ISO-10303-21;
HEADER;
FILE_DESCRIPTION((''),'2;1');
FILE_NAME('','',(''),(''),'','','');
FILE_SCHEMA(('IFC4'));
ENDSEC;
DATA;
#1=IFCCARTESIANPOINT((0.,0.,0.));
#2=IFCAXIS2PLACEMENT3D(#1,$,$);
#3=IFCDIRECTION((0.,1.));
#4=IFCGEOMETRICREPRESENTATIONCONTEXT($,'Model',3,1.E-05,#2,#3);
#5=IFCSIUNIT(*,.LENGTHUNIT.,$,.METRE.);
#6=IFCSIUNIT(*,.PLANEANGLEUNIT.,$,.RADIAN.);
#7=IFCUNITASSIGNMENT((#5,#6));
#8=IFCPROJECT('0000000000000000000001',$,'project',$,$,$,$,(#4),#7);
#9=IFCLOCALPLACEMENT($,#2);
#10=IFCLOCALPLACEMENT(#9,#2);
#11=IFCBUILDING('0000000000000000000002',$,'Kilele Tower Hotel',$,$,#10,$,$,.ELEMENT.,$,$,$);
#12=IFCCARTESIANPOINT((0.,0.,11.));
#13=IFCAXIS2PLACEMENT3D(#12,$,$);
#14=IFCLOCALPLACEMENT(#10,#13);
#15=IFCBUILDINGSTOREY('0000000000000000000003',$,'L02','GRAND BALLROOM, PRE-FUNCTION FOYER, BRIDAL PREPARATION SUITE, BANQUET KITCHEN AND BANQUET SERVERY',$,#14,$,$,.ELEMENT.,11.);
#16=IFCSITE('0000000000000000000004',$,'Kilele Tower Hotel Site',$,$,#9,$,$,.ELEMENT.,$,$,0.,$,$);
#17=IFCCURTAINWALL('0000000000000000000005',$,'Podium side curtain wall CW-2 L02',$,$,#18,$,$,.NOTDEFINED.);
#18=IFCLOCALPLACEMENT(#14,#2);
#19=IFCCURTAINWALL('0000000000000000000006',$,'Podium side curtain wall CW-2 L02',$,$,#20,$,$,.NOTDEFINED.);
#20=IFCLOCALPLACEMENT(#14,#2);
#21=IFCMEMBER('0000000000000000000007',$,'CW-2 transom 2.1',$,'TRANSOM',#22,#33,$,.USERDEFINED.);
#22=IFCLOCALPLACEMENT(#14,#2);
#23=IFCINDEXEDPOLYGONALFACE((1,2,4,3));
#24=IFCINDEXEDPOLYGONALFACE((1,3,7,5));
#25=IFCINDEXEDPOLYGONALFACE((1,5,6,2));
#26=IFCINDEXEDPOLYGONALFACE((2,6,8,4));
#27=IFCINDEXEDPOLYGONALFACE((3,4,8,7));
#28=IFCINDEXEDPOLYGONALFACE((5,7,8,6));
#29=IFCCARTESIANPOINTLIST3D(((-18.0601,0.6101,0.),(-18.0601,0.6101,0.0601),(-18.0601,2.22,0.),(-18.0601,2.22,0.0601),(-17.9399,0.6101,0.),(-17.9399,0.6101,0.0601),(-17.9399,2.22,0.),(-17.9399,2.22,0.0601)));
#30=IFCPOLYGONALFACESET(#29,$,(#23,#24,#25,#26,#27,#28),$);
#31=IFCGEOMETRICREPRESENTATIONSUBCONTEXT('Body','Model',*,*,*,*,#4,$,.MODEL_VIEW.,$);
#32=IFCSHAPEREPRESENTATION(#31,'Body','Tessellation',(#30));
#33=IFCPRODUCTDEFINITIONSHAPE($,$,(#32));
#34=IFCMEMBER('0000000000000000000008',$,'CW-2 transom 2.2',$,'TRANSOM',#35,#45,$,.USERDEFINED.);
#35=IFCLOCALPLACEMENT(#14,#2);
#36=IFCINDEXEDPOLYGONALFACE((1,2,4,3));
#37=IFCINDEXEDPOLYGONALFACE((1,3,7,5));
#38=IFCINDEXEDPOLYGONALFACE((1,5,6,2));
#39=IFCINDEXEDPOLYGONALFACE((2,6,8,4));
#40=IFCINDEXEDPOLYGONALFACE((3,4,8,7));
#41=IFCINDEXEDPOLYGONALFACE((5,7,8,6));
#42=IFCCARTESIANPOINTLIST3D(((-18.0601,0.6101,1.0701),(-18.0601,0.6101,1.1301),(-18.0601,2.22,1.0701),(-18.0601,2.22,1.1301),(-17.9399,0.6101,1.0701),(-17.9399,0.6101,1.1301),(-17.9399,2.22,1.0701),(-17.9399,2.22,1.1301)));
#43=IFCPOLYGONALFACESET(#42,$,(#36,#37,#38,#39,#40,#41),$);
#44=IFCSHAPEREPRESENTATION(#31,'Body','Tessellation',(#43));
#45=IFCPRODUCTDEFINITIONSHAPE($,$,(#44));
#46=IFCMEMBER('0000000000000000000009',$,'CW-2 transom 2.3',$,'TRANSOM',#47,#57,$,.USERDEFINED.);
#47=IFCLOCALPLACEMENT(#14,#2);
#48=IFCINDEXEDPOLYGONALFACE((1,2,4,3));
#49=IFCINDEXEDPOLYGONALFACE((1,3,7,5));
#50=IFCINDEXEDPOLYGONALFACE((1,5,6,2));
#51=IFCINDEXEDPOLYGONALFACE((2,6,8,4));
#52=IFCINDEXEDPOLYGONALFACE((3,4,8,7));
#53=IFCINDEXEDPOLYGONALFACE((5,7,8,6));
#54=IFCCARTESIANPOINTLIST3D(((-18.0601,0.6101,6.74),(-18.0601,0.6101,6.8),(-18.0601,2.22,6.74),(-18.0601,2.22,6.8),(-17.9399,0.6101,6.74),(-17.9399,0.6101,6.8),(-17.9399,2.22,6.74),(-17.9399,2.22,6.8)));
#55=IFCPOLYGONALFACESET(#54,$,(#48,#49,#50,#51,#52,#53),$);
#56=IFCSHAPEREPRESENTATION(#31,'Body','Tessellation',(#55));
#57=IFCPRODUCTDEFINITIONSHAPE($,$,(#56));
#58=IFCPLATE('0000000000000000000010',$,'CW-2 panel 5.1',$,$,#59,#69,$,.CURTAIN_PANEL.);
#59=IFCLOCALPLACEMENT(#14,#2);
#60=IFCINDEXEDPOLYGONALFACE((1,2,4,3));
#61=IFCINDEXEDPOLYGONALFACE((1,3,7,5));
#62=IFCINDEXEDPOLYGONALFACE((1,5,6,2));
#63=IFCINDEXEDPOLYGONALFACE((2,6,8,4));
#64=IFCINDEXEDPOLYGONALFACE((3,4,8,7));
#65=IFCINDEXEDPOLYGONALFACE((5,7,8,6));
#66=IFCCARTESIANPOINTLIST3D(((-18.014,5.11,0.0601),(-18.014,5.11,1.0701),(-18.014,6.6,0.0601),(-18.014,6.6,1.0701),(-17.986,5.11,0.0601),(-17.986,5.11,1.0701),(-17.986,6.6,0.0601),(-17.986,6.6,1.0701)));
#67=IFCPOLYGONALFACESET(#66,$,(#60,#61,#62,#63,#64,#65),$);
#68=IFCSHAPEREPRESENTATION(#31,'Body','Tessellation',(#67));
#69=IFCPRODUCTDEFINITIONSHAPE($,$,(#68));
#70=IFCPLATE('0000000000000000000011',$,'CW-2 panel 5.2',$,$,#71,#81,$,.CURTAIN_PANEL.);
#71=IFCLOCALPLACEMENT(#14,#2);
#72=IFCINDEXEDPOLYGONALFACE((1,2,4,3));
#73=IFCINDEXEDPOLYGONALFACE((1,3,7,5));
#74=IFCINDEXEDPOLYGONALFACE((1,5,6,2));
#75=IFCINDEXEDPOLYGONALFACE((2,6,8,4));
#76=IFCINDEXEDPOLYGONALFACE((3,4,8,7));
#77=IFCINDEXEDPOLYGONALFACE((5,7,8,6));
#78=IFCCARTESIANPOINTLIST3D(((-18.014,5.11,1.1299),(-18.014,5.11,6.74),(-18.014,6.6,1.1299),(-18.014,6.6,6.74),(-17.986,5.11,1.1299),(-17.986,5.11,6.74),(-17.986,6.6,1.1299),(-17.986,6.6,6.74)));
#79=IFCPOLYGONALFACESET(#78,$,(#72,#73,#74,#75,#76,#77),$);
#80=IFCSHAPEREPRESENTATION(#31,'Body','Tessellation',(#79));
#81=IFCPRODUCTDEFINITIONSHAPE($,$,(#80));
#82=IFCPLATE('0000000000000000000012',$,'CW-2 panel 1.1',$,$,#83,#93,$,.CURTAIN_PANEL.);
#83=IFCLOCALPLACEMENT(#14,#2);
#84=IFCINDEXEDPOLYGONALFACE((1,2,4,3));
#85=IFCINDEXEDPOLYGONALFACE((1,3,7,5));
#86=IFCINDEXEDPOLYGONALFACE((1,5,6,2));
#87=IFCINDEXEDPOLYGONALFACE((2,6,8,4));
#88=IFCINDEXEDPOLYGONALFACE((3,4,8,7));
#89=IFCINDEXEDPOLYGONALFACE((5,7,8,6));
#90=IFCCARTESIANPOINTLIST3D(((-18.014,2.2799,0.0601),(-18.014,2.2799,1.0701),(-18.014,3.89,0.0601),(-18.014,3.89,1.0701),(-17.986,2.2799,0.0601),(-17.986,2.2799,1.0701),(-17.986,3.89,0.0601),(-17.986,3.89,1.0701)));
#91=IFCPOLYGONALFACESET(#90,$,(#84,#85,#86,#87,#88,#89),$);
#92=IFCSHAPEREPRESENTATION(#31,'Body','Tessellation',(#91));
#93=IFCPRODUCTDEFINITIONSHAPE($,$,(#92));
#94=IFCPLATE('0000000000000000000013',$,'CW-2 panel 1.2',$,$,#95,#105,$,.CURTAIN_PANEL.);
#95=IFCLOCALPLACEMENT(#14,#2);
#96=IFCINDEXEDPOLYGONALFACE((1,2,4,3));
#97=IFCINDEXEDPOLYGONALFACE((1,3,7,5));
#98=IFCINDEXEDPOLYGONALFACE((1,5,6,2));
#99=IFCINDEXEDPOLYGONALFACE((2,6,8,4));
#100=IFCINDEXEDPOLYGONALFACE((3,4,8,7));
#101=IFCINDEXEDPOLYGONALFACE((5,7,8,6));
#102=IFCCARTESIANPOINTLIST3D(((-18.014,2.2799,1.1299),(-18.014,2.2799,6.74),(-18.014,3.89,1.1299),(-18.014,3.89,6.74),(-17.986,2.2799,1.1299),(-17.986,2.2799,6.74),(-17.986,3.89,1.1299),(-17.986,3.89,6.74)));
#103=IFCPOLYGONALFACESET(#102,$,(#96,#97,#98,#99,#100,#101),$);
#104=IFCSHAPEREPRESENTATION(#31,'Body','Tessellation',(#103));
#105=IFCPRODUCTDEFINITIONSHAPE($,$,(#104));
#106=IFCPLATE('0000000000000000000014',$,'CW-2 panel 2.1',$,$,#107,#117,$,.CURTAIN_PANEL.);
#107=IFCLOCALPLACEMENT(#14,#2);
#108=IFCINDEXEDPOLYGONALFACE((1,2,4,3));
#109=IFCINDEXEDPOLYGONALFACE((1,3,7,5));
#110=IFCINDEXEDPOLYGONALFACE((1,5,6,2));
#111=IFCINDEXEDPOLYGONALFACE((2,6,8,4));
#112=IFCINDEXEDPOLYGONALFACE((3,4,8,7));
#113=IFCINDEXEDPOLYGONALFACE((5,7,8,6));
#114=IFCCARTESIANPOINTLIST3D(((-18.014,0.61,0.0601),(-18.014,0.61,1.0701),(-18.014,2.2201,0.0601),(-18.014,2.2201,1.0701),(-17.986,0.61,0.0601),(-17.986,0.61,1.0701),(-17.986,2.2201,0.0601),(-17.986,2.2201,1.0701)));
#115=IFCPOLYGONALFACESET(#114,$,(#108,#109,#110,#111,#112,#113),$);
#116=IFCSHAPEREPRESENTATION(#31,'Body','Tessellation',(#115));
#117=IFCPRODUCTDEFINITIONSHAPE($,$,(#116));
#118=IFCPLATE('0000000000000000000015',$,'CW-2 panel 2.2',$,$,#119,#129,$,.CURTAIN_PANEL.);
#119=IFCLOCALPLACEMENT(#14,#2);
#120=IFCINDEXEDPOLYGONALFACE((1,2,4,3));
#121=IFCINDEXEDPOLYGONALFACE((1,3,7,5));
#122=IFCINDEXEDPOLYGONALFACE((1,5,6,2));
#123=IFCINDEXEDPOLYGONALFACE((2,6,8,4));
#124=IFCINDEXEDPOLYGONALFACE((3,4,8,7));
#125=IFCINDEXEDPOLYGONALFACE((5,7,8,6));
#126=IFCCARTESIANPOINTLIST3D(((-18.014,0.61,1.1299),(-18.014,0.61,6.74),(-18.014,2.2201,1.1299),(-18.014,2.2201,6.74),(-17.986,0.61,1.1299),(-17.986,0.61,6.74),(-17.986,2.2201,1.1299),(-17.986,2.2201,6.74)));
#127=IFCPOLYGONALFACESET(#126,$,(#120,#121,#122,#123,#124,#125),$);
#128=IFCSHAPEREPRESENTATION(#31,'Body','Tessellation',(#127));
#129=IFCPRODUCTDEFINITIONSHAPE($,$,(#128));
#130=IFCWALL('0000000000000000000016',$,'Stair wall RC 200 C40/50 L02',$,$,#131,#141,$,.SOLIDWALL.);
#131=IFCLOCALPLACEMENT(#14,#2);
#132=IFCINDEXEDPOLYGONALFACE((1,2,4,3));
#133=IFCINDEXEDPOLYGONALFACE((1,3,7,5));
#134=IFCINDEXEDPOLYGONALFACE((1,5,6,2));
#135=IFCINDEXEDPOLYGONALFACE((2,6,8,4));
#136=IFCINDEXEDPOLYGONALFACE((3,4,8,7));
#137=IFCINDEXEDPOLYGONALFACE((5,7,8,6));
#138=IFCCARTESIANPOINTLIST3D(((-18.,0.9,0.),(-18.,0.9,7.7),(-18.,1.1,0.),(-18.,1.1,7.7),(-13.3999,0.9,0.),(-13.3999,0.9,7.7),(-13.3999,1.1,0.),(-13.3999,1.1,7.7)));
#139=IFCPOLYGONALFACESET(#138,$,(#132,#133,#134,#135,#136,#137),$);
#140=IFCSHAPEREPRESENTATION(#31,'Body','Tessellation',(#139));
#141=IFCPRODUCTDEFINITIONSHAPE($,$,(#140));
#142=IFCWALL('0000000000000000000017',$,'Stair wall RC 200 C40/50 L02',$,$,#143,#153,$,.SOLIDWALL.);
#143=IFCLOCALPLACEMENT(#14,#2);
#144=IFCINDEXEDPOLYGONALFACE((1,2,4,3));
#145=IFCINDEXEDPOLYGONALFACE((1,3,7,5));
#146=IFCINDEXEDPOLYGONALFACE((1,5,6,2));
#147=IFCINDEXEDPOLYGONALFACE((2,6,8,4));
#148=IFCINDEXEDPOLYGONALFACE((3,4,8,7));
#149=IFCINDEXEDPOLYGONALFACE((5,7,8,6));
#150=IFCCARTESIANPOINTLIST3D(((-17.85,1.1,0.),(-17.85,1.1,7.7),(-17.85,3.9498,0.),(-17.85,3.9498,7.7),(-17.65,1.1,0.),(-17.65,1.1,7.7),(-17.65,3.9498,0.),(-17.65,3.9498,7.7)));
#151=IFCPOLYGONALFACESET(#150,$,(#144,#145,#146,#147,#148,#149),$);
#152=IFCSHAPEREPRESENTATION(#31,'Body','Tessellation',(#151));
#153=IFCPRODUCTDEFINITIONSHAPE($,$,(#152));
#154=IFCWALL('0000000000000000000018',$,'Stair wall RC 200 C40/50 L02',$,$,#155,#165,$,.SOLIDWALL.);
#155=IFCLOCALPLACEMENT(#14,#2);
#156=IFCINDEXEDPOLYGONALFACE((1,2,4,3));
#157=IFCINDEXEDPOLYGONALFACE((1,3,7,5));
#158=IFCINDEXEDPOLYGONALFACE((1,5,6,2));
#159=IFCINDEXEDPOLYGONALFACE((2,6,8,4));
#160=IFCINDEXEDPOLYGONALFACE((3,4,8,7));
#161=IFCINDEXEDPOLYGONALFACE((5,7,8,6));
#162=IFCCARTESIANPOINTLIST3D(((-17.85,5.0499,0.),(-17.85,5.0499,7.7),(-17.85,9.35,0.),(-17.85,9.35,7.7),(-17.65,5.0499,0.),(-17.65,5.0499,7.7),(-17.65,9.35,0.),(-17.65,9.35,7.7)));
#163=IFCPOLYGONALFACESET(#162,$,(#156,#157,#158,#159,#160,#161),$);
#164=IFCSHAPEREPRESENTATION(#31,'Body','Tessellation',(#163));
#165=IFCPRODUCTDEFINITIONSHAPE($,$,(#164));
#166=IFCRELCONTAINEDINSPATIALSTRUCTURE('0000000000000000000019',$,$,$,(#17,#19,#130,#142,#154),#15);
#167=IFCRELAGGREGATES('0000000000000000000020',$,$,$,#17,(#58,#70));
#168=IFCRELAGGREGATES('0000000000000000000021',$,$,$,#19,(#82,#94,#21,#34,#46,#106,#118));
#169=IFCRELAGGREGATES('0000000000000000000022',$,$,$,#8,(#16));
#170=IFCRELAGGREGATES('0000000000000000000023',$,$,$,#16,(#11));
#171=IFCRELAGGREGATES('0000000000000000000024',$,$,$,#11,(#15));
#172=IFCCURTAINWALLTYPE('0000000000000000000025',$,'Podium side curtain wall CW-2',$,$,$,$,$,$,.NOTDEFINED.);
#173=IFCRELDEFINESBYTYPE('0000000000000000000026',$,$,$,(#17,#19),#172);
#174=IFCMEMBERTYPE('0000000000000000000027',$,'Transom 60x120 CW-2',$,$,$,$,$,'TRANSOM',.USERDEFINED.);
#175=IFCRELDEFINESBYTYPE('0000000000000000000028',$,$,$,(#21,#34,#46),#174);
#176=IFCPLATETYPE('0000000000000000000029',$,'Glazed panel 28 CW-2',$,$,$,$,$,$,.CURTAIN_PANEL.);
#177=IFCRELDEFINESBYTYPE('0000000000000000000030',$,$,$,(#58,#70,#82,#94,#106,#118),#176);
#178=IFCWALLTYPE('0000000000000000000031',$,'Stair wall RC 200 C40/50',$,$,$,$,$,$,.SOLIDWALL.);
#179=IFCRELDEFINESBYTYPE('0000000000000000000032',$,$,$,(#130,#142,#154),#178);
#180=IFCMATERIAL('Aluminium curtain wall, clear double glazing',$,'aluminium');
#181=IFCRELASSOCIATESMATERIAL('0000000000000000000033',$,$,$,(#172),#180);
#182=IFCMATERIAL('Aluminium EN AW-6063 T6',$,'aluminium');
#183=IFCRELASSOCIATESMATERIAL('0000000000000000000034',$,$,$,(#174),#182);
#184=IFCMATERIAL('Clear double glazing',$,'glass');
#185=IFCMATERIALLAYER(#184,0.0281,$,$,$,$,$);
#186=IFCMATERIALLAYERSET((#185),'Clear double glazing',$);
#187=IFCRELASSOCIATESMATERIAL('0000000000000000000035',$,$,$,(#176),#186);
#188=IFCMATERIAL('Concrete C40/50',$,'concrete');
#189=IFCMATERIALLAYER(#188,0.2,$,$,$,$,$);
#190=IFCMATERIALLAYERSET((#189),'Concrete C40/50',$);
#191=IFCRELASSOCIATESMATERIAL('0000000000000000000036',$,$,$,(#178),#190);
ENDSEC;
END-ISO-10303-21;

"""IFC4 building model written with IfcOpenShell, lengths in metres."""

from ifc_helpers import new_model, si_unit, direction, frame, frame_2d, origin, origin_2d, place, context, subcontext, project, spatial, rectangle, extrude, material, layer, layer_set, material_profile, profile_set, type_object, element, aggregate, save


model = new_model("IFC4")

# Units and contexts
model_context = context("Model", 3, precision=1e-05, world=origin(), true_north=direction((0.0, 1.0)))
body_context = subcontext(model_context, "Body", "Model", "MODEL_VIEW")
ifc_project = project(units=[si_unit("LENGTHUNIT", "METRE"), si_unit("PLANEANGLEUNIT", "RADIAN")], contexts=[model_context])

# Site, building, storey
site_placement = place(None, origin())
site = spatial("IfcSite", under=ifc_project, at=site_placement, Name="Kilele Tower Hotel Site", CompositionType="ELEMENT", RefElevation=0.0)
building_placement = place(site_placement, origin())
building = spatial("IfcBuilding", under=site, at=building_placement, Name="Kilele Tower Hotel", CompositionType="ELEMENT")
storey_placement = place(building_placement, frame((0.0, 0.0, 11.0)))
storey = spatial("IfcBuildingStorey", under=building, at=storey_placement, Name="L02", Description="GRAND BALLROOM, PRE-FUNCTION FOYER, BRIDAL PREPARATION SUITE, BANQUET KITCHEN AND BANQUET SERVERY", CompositionType="ELEMENT", Elevation=11.0)

# Curtain wall
ifc_material_1 = material(Name="Aluminium curtain wall, clear double glazing", Category="aluminium")
curtain_wall_type = type_object("IfcCurtainWallType", Name="Podium side curtain wall CW-2", PredefinedType="NOTDEFINED", material=ifc_material_1)
curtain_wall_1_placement = place(storey_placement, origin())
curtain_wall_1 = element("IfcCurtainWall", 1, at=curtain_wall_1_placement, inside=storey, type_object=curtain_wall_type, Name="Podium side curtain wall CW-2 L02", PredefinedType="NOTDEFINED")

# Curtain wall
curtain_wall_2_placement = place(storey_placement, origin())
curtain_wall_2 = element("IfcCurtainWall", 2, at=curtain_wall_2_placement, inside=storey, type_object=curtain_wall_type, Name="Podium side curtain wall CW-2 L02", PredefinedType="NOTDEFINED")

# Members
ifc_material_2 = material(Name="Aluminium EN AW-6063 T6", Category="aluminium")
ifc_material_profile_1 = material_profile(ifc_material_2, rectangle(XDim=0.1201, YDim=0.0601, at=origin_2d()))
ifc_profile_set_1 = profile_set([ifc_material_profile_1], Name="Aluminium EN AW-6063 T6")
member_type_1 = type_object("IfcMemberType", Name="Transom 60x120 CW-2", ElementType="TRANSOM", PredefinedType="USERDEFINED", material=ifc_profile_set_1)
member_1_placement = place(storey_placement, frame((-18.0, 2.22, 0.03), z_axis=(0.0, -1.0, 0.0), x_axis=(1.0, 0.0, 0.0)))
member_1 = element("IfcMember", 3, at=member_1_placement, type_object=member_type_1, Name="CW-2 transom 2.1", ObjectType="TRANSOM", PredefinedType="USERDEFINED", context=body_context, shape_type="SweptSolid", body=[
    extrude(rectangle(XDim=0.1201, YDim=0.0601, at=origin_2d()), origin(), (0.0, 0.0, 1.0), 1.6099),
])
member_2_placement = place(storey_placement, frame((-18.0, 2.22, 1.1001), z_axis=(0.0, -1.0, 0.0), x_axis=(1.0, 0.0, 0.0)))
member_2 = element("IfcMember", 4, at=member_2_placement, type_object=member_type_1, Name="CW-2 transom 2.2", ObjectType="TRANSOM", PredefinedType="USERDEFINED", context=body_context, shape_type="SweptSolid", body=[
    extrude(rectangle(XDim=0.1201, YDim=0.0601, at=origin_2d()), origin(), (0.0, 0.0, 1.0), 1.6099),
])
member_3_placement = place(storey_placement, frame((-18.0, 2.22, 6.77), z_axis=(0.0, -1.0, 0.0), x_axis=(1.0, 0.0, 0.0)))
member_3 = element("IfcMember", 5, at=member_3_placement, type_object=member_type_1, Name="CW-2 transom 2.3", ObjectType="TRANSOM", PredefinedType="USERDEFINED", context=body_context, shape_type="SweptSolid", body=[
    extrude(rectangle(XDim=0.1201, YDim=0.0601, at=origin_2d()), origin(), (0.0, 0.0, 1.0), 1.6099),
])

# Plates
ifc_material_3 = material(Name="Clear double glazing", Category="glass")
ifc_layer_1 = layer(ifc_material_3, 0.0281)
ifc_layer_set_1 = layer_set([ifc_layer_1], Name="Clear double glazing")
plate_type = type_object("IfcPlateType", Name="Glazed panel 28 CW-2", PredefinedType="CURTAIN_PANEL", material=ifc_layer_set_1)
plate_1_placement = place(storey_placement, frame((-18.0, 5.855, 0.0601), z_axis=(0.0, 0.0, 1.0), x_axis=(0.0, -1.0, 0.0)))
plate_1 = element("IfcPlate", 6, at=plate_1_placement, type_object=plate_type, Name="CW-2 panel 5.1", PredefinedType="CURTAIN_PANEL", context=body_context, shape_type="SweptSolid", body=[
    extrude(rectangle(XDim=1.49, YDim=0.0281, at=origin_2d()), origin(), (0.0, 0.0, 1.0), 1.01),
])
plate_2_placement = place(storey_placement, frame((-18.0, 5.855, 1.1299), z_axis=(0.0, 0.0, 1.0), x_axis=(0.0, -1.0, 0.0)))
plate_2 = element("IfcPlate", 7, at=plate_2_placement, type_object=plate_type, Name="CW-2 panel 5.2", PredefinedType="CURTAIN_PANEL", context=body_context, shape_type="SweptSolid", body=[
    extrude(rectangle(XDim=1.49, YDim=0.0281, at=origin_2d()), origin(), (0.0, 0.0, 1.0), 5.6101),
])
aggregate(curtain_wall_1, [plate_1, plate_2])
plate_3_placement = place(storey_placement, frame((-18.0, 3.085, 0.0601), z_axis=(0.0, 0.0, 1.0), x_axis=(0.0, -1.0, 0.0)))
plate_3 = element("IfcPlate", 8, at=plate_3_placement, type_object=plate_type, Name="CW-2 panel 1.1", PredefinedType="CURTAIN_PANEL", context=body_context, shape_type="SweptSolid", body=[
    extrude(rectangle(XDim=1.6101, YDim=0.0281, at=origin_2d()), origin(), (0.0, 0.0, 1.0), 1.01),
])
plate_4_placement = place(storey_placement, frame((-18.0, 3.085, 1.1299), z_axis=(0.0, 0.0, 1.0), x_axis=(0.0, -1.0, 0.0)))
plate_4 = element("IfcPlate", 9, at=plate_4_placement, type_object=plate_type, Name="CW-2 panel 1.2", PredefinedType="CURTAIN_PANEL", context=body_context, shape_type="SweptSolid", body=[
    extrude(rectangle(XDim=1.6101, YDim=0.0281, at=origin_2d()), origin(), (0.0, 0.0, 1.0), 5.6101),
])
plate_5_placement = place(storey_placement, frame((-18.0, 1.415, 0.0601), z_axis=(0.0, 0.0, 1.0), x_axis=(0.0, -1.0, 0.0)))
plate_5 = element("IfcPlate", 10, at=plate_5_placement, type_object=plate_type, Name="CW-2 panel 2.1", PredefinedType="CURTAIN_PANEL", context=body_context, shape_type="SweptSolid", body=[
    extrude(rectangle(XDim=1.6101, YDim=0.0281, at=origin_2d()), origin(), (0.0, 0.0, 1.0), 1.01),
])
plate_6_placement = place(storey_placement, frame((-18.0, 1.415, 1.1299), z_axis=(0.0, 0.0, 1.0), x_axis=(0.0, -1.0, 0.0)))
plate_6 = element("IfcPlate", 11, at=plate_6_placement, type_object=plate_type, Name="CW-2 panel 2.2", PredefinedType="CURTAIN_PANEL", context=body_context, shape_type="SweptSolid", body=[
    extrude(rectangle(XDim=1.6101, YDim=0.0281, at=origin_2d()), origin(), (0.0, 0.0, 1.0), 5.6101),
])
aggregate(curtain_wall_2, [plate_3, plate_4, member_1, member_2, member_3, plate_5, plate_6])

# Walls
ifc_material_4 = material(Name="Concrete C40/50", Category="concrete")
ifc_layer_2 = layer(ifc_material_4, 0.2)
ifc_layer_set_2 = layer_set([ifc_layer_2], Name="Concrete C40/50")
wall_type = type_object("IfcWallType", Name="Stair wall RC 200 C40/50", PredefinedType="SOLIDWALL", material=ifc_layer_set_2)
wall_1_placement = place(storey_placement, frame((-18.0, 1.0, 0.0), z_axis=(0.0, 0.0, 1.0), x_axis=(1.0, 0.0, 0.0)))
element("IfcWall", 12, at=wall_1_placement, inside=storey, type_object=wall_type, Name="Stair wall RC 200 C40/50 L02", PredefinedType="SOLIDWALL", context=body_context, shape_type="SweptSolid", body=[
    extrude(rectangle(XDim=4.6001, YDim=0.2, at=frame_2d((2.3, 0.0))), origin(), (0.0, 0.0, 1.0), 7.7),
])
wall_2_placement = place(storey_placement, frame((-17.75, 1.1001, 0.0), z_axis=(0.0, 0.0, 1.0), x_axis=(0.0, 1.0, 0.0)))
element("IfcWall", 13, at=wall_2_placement, inside=storey, type_object=wall_type, Name="Stair wall RC 200 C40/50 L02", PredefinedType="SOLIDWALL", context=body_context, shape_type="SweptSolid", body=[
    extrude(rectangle(XDim=2.8499, YDim=0.2, at=frame_2d((1.4248, 0.0))), origin(), (0.0, 0.0, 1.0), 7.7),
])
wall_3_placement = place(storey_placement, frame((-17.75, 5.05, 0.0), z_axis=(0.0, 0.0, 1.0), x_axis=(0.0, 1.0, 0.0)))
element("IfcWall", 14, at=wall_3_placement, inside=storey, type_object=wall_type, Name="Stair wall RC 200 C40/50 L02", PredefinedType="SOLIDWALL", context=body_context, shape_type="SweptSolid", body=[
    extrude(rectangle(XDim=4.3, YDim=0.2, at=frame_2d((2.1499, 0.0))), origin(), (0.0, 0.0, 1.0), 7.7),
])

save(model, "model.ifc")
